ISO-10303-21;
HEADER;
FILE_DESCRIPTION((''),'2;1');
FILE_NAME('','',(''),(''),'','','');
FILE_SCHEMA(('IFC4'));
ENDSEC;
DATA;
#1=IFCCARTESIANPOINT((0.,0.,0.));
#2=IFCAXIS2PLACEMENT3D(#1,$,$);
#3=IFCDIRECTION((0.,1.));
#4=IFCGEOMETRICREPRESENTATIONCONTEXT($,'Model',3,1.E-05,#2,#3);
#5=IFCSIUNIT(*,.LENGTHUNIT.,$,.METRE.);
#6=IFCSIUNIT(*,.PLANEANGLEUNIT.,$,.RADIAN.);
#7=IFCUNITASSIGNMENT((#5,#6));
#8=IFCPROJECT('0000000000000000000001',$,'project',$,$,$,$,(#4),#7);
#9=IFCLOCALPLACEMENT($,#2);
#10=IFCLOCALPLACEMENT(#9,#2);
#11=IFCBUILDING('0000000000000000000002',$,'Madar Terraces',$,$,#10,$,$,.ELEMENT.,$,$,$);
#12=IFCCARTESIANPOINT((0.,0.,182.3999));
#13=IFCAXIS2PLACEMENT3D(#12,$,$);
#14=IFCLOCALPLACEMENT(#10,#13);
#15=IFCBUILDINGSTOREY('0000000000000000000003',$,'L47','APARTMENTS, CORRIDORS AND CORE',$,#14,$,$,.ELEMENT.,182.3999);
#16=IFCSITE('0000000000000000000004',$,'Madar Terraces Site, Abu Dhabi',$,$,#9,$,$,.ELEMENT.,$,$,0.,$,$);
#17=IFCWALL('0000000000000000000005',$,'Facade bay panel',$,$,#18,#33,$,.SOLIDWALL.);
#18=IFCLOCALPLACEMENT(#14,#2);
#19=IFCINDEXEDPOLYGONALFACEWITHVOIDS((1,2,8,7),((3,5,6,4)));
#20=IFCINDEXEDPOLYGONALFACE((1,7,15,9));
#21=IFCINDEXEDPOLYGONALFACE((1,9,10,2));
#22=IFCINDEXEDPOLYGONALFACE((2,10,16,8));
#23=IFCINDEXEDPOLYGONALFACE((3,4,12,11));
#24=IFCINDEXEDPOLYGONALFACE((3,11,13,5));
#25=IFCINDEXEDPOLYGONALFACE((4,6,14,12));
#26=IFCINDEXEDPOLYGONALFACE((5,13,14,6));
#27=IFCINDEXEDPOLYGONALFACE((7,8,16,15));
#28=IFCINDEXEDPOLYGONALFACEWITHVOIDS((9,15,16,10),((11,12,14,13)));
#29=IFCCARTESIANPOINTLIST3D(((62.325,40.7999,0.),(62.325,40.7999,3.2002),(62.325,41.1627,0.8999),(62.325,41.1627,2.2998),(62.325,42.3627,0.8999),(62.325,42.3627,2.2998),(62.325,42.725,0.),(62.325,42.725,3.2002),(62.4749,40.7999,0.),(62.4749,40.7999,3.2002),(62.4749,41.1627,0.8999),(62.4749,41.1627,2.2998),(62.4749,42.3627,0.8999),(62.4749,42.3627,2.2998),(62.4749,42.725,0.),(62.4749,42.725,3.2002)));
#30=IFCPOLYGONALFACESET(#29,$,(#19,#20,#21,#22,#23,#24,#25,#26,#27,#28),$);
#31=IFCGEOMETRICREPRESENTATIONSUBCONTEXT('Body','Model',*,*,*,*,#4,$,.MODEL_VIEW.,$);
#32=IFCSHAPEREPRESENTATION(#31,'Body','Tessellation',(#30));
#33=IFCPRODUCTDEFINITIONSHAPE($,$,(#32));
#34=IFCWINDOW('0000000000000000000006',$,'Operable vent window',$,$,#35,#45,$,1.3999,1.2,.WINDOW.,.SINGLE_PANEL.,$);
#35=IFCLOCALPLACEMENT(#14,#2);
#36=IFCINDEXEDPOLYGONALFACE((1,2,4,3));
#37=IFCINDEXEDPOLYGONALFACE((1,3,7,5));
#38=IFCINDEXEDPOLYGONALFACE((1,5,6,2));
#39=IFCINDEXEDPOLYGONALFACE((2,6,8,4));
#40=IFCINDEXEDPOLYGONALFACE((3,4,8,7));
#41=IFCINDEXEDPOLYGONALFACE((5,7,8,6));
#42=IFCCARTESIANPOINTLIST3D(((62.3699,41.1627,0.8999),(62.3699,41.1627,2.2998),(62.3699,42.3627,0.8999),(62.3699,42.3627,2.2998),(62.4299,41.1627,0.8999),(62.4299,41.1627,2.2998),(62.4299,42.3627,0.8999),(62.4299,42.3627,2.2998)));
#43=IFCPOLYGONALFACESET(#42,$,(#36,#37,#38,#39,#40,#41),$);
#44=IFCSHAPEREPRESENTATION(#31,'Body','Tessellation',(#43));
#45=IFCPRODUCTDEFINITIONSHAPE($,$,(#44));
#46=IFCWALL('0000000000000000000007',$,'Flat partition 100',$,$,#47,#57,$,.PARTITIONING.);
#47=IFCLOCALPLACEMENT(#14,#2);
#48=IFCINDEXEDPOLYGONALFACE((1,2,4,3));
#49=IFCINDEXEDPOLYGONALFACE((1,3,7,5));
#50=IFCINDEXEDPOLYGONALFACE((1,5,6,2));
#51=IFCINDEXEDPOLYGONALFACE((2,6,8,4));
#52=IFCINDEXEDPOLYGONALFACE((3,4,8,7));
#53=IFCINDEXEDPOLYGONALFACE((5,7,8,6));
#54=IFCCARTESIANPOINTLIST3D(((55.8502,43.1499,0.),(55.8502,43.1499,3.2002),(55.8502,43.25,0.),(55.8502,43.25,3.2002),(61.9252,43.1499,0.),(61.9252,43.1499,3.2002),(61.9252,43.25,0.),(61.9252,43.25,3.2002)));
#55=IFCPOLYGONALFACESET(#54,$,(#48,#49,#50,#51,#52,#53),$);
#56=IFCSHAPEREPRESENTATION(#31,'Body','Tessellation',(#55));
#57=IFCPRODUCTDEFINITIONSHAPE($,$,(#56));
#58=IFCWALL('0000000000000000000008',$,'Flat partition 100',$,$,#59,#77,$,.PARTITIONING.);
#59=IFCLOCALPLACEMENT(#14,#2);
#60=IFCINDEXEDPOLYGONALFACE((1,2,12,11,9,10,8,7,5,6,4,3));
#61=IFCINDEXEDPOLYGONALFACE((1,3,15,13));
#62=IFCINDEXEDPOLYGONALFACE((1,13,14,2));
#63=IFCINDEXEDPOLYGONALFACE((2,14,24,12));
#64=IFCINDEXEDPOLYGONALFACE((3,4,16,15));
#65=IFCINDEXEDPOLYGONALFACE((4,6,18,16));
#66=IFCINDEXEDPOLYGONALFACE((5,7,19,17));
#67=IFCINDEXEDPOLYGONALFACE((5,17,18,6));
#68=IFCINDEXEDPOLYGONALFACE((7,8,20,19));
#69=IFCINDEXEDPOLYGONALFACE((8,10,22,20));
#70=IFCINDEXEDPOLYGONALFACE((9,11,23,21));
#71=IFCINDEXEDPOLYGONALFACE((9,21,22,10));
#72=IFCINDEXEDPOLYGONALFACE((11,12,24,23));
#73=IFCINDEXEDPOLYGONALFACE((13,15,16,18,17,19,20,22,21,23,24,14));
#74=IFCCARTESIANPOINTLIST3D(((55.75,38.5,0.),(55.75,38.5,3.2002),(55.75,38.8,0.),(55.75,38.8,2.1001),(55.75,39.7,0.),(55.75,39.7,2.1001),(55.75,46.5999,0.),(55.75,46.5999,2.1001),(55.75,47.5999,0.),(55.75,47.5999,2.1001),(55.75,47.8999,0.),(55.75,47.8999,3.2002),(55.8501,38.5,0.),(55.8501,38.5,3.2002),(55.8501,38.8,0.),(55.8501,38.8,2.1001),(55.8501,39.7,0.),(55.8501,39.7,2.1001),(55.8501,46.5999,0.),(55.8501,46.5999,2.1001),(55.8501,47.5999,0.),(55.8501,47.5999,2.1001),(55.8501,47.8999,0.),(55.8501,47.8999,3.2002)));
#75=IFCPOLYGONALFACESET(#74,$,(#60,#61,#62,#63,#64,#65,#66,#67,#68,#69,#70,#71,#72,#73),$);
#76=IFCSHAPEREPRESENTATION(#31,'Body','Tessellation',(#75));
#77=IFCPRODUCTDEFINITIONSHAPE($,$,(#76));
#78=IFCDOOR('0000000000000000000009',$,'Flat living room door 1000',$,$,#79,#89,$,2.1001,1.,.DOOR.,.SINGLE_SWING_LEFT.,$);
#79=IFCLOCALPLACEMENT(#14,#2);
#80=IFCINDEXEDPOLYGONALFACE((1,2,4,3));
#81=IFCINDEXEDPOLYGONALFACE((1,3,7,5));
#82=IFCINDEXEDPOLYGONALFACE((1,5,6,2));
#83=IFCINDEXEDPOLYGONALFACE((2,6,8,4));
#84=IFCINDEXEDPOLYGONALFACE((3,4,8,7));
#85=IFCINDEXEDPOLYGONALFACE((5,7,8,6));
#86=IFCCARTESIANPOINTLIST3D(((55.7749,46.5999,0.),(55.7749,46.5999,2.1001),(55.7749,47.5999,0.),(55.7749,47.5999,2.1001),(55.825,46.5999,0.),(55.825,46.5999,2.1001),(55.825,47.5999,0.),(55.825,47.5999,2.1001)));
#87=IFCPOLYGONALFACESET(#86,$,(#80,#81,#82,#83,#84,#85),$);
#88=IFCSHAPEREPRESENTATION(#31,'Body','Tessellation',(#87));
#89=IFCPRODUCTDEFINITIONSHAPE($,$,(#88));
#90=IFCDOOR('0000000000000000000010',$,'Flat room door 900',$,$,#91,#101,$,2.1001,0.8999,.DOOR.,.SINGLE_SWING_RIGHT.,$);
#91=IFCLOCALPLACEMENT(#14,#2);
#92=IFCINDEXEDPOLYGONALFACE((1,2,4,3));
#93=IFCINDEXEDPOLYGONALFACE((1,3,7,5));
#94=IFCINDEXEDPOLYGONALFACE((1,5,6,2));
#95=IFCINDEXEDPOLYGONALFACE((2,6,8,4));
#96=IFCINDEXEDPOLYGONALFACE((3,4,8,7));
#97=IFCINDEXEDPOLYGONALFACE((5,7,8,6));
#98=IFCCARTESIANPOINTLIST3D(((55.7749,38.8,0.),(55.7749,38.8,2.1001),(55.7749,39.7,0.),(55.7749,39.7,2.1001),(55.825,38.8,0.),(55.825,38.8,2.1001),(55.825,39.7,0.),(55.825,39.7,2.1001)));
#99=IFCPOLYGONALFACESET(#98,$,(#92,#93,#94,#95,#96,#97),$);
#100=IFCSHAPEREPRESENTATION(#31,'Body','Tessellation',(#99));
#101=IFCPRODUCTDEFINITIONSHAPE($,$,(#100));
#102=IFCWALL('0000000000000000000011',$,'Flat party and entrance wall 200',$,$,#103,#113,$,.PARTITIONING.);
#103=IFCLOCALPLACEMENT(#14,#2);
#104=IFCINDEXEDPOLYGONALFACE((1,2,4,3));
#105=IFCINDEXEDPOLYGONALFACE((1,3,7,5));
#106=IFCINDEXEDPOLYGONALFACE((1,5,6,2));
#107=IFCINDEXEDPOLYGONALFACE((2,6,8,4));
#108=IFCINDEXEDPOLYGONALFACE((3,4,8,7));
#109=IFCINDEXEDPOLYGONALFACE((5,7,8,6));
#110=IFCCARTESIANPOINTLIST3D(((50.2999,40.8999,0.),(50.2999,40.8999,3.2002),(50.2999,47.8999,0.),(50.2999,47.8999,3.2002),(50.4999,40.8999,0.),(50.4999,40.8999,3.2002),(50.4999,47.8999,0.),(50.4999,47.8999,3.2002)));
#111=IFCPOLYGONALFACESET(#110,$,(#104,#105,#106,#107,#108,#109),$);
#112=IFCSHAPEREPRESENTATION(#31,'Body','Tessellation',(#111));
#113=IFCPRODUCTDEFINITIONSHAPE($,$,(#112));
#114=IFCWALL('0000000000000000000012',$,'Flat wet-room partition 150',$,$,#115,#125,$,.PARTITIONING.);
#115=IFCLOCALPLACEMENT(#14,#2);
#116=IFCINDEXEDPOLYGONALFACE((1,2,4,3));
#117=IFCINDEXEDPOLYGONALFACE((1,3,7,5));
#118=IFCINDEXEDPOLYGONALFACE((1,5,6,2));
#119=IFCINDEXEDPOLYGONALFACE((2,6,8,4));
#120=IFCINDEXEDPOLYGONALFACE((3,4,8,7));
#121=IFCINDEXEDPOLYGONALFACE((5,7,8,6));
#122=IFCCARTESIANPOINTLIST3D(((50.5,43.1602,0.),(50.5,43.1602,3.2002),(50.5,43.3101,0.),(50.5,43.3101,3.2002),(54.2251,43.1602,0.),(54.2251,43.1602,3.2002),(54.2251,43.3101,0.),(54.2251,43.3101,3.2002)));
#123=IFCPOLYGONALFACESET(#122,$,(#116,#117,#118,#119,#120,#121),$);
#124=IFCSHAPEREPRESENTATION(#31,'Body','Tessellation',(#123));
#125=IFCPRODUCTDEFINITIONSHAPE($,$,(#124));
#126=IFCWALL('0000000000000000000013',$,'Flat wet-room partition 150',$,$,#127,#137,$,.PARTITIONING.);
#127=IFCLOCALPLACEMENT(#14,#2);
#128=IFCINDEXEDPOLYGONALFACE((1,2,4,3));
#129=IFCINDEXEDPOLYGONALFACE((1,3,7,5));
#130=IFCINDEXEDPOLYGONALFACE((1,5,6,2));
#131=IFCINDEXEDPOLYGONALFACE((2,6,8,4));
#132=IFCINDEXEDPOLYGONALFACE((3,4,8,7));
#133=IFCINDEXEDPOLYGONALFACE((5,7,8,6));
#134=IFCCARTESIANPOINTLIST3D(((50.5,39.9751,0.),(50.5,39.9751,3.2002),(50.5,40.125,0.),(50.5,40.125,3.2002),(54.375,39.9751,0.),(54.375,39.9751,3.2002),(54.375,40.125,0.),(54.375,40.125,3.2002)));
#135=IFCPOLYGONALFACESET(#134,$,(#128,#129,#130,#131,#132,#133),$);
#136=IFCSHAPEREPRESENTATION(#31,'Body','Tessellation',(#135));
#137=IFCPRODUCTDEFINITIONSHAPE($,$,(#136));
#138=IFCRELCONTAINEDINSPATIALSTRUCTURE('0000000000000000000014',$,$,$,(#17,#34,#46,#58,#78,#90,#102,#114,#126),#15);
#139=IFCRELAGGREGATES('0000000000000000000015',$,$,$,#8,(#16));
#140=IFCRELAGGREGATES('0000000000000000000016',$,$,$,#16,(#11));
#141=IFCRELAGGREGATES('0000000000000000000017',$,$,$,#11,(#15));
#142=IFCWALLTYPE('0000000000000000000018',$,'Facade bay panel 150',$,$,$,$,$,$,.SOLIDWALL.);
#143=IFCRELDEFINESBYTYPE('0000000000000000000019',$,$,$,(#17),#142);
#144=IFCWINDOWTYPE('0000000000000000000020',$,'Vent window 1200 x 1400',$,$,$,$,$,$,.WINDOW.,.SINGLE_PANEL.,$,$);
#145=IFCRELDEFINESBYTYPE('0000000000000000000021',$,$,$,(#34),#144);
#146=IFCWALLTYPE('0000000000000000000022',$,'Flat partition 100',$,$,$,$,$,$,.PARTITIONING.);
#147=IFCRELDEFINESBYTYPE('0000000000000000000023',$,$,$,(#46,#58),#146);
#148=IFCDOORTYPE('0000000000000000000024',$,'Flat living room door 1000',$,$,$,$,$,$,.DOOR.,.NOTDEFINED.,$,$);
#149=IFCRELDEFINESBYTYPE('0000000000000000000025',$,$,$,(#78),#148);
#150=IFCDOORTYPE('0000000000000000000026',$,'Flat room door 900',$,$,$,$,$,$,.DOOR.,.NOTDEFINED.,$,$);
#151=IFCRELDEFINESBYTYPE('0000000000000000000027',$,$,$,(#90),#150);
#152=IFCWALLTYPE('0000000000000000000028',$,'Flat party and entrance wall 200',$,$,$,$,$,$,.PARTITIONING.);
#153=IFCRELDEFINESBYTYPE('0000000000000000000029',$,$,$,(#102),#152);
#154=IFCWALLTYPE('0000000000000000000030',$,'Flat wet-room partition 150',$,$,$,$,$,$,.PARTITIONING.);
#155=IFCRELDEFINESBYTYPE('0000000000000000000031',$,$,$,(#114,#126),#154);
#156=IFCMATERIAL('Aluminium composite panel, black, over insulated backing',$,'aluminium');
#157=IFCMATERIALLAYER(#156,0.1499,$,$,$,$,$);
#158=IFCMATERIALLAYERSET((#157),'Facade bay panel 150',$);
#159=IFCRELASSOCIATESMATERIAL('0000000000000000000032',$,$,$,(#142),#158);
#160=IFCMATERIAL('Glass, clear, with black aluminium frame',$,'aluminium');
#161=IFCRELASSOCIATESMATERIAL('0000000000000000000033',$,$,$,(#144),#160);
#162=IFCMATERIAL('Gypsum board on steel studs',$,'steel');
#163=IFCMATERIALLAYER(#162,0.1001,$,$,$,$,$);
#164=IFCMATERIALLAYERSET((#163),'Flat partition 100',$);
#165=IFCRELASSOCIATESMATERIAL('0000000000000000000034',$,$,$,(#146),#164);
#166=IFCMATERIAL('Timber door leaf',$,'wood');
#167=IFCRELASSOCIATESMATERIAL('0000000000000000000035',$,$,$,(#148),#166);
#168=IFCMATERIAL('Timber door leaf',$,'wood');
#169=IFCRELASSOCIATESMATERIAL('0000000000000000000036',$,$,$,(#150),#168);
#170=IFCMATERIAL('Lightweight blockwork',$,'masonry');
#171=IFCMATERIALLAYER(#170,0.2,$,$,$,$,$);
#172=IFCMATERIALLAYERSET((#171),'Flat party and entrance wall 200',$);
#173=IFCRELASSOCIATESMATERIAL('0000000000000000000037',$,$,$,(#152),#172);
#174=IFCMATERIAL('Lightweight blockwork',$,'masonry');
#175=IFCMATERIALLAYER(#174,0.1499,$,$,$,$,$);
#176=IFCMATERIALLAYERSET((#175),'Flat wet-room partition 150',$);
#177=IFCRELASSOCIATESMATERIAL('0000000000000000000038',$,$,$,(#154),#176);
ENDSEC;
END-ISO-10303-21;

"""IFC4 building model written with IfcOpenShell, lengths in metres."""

from ifc_helpers import new_model, si_unit, direction, frame, frame_2d, origin, place, context, subcontext, project, spatial, rectangle, extrude, material, layer, layer_set, type_object, element, fill, save


model = new_model("IFC4")

# Units and contexts
model_context = context("Model", 3, precision=1e-05, world=origin(), true_north=direction((0.0, 1.0)))
body_context = subcontext(model_context, "Body", "Model", "MODEL_VIEW")
ifc_project = project(units=[si_unit("LENGTHUNIT", "METRE"), si_unit("PLANEANGLEUNIT", "RADIAN")], contexts=[model_context])

# Site, building, storey
site_placement = place(None, origin())
site = spatial("IfcSite", under=ifc_project, at=site_placement, Name="Madar Terraces Site, Abu Dhabi", CompositionType="ELEMENT", RefElevation=0.0)
building_placement = place(site_placement, origin())
building = spatial("IfcBuilding", under=site, at=building_placement, Name="Madar Terraces", CompositionType="ELEMENT")
storey_placement = place(building_placement, frame((0.0, 0.0, 182.3999)))
storey = spatial("IfcBuildingStorey", under=building, at=storey_placement, Name="L47", Description="APARTMENTS, CORRIDORS AND CORE", CompositionType="ELEMENT", Elevation=182.3999)

# Wall, opening, window
ifc_material_1 = material(Name="Aluminium composite panel, black, over insulated backing", Category="aluminium")
ifc_layer_1 = layer(ifc_material_1, 0.1499)
ifc_layer_set_1 = layer_set([ifc_layer_1], Name="Facade bay panel 150")
wall_type_1 = type_object("IfcWallType", Name="Facade bay panel 150", PredefinedType="SOLIDWALL", material=ifc_layer_set_1)
wall_1_placement = place(storey_placement, frame((62.3999, 40.8, 0.0), z_axis=(0.0, 0.0, 1.0), x_axis=(0.0, 1.0, 0.0)))
wall_1 = element("IfcWall", 1, at=wall_1_placement, inside=storey, type_object=wall_type_1, Name="Facade bay panel", PredefinedType="SOLIDWALL", context=body_context, shape_type="SweptSolid", body=[
    extrude(rectangle(XDim=1.925, YDim=0.1499, at=frame_2d((0.9624, 0.0))), origin(), (0.0, 0.0, 1.0), 3.2002),
])
opening_1_placement = place(wall_1_placement, frame((0.3625, 0.0, 0.8999)))
opening_1 = element("IfcOpeningElement", 2, at=opening_1_placement, cuts=wall_1, PredefinedType="OPENING", context=body_context, shape_type="SweptSolid", body=[
    extrude(rectangle(XDim=1.2, YDim=1.3999, at=frame_2d((0.6001, 0.7))), frame((0.0, 0.085, 0.0), z_axis=(0.0, -1.0, 0.0), x_axis=(1.0, 0.0, 0.0)), (0.0, 0.0, 1.0), 0.1699),
])
ifc_material_2 = material(Name="Glass, clear, with black aluminium frame", Category="aluminium")
window_type = type_object("IfcWindowType", Name="Vent window 1200 x 1400", PartitioningType="SINGLE_PANEL", PredefinedType="WINDOW", material=ifc_material_2)
window_placement = place(opening_1_placement, origin())
window = element("IfcWindow", 3, at=window_placement, inside=storey, type_object=window_type, Name="Operable vent window", OverallHeight=1.3999, OverallWidth=1.2, PartitioningType="SINGLE_PANEL", PredefinedType="WINDOW", context=body_context, shape_type="SweptSolid", body=[
    extrude(rectangle(XDim=1.2, YDim=1.3999, at=frame_2d((0.6001, 0.7))), frame((0.0, 0.03, 0.0), z_axis=(0.0, -1.0, 0.0), x_axis=(1.0, 0.0, 0.0)), (0.0, 0.0, 1.0), 0.0601),
])
fill(opening_1, window)

# Wall
ifc_material_3 = material(Name="Gypsum board on steel studs", Category="steel")
ifc_layer_2 = layer(ifc_material_3, 0.1001)
ifc_layer_set_2 = layer_set([ifc_layer_2], Name="Flat partition 100")
wall_type_2 = type_object("IfcWallType", Name="Flat partition 100", PredefinedType="PARTITIONING", material=ifc_layer_set_2)
wall_2_placement = place(storey_placement, frame((55.8501, 43.2, 0.0), z_axis=(0.0, 0.0, 1.0), x_axis=(1.0, 0.0, 0.0)))
element("IfcWall", 4, at=wall_2_placement, inside=storey, type_object=wall_type_2, Name="Flat partition 100", PredefinedType="PARTITIONING", context=body_context, shape_type="SweptSolid", body=[
    extrude(rectangle(XDim=6.075, YDim=0.1001, at=frame_2d((3.0376, 0.0))), origin(), (0.0, 0.0, 1.0), 3.2002),
])

# Wall, openings, doors
wall_3_placement = place(storey_placement, frame((55.8, 47.8999, 0.0), z_axis=(0.0, 0.0, 1.0), x_axis=(0.0, -1.0, 0.0)))
wall_3 = element("IfcWall", 5, at=wall_3_placement, inside=storey, type_object=wall_type_2, Name="Flat partition 100", PredefinedType="PARTITIONING", context=body_context, shape_type="SweptSolid", body=[
    extrude(rectangle(XDim=9.3999, YDim=0.1001, at=frame_2d((4.7, 0.0))), origin(), (0.0, 0.0, 1.0), 3.2002),
])
opening_2_placement = place(wall_3_placement, frame((8.2, 0.0, 0.0)))
opening_2 = element("IfcOpeningElement", 6, at=opening_2_placement, cuts=wall_3, PredefinedType="OPENING", context=body_context, shape_type="SweptSolid", body=[
    extrude(rectangle(XDim=0.8999, YDim=2.1001, at=frame_2d((0.45, 1.05))), frame((0.0, 0.0601, 0.0), z_axis=(0.0, -1.0, 0.0), x_axis=(1.0, 0.0, 0.0)), (0.0, 0.0, 1.0), 0.1201),
])
opening_3_placement = place(wall_3_placement, frame((0.3, 0.0, 0.0)))
opening_3 = element("IfcOpeningElement", 7, at=opening_3_placement, cuts=wall_3, PredefinedType="OPENING", context=body_context, shape_type="SweptSolid", body=[
    extrude(rectangle(XDim=1.0, YDim=2.1001, at=frame_2d((0.5, 1.05))), frame((0.0, 0.0601, 0.0), z_axis=(0.0, -1.0, 0.0), x_axis=(1.0, 0.0, 0.0)), (0.0, 0.0, 1.0), 0.1201),
])
ifc_material_4 = material(Name="Timber door leaf", Category="wood")
door_type_1 = type_object("IfcDoorType", Name="Flat living room door 1000", OperationType="NOTDEFINED", PredefinedType="DOOR", material=ifc_material_4)
door_1_placement = place(opening_3_placement, origin())
door_1 = element("IfcDoor", 8, at=door_1_placement, inside=storey, type_object=door_type_1, Name="Flat living room door 1000", OperationType="SINGLE_SWING_LEFT", OverallHeight=2.1001, OverallWidth=1.0, PredefinedType="DOOR", context=body_context, shape_type="SweptSolid", body=[
    extrude(rectangle(XDim=1.0, YDim=2.1001, at=frame_2d((0.5, 1.05))), frame((0.0, 0.0249, 0.0), z_axis=(0.0, -1.0, 0.0), x_axis=(1.0, 0.0, 0.0)), (0.0, 0.0, 1.0), 0.05),
])
fill(opening_3, door_1)
ifc_material_5 = material(Name="Timber door leaf", Category="wood")
door_type_2 = type_object("IfcDoorType", Name="Flat room door 900", OperationType="NOTDEFINED", PredefinedType="DOOR", material=ifc_material_5)
door_2_placement = place(opening_2_placement, origin())
door_2 = element("IfcDoor", 9, at=door_2_placement, inside=storey, type_object=door_type_2, Name="Flat room door 900", OperationType="SINGLE_SWING_RIGHT", OverallHeight=2.1001, OverallWidth=0.8999, PredefinedType="DOOR", context=body_context, shape_type="SweptSolid", body=[
    extrude(rectangle(XDim=0.8999, YDim=2.1001, at=frame_2d((0.45, 1.05))), frame((0.0, 0.0249, 0.0), z_axis=(0.0, -1.0, 0.0), x_axis=(1.0, 0.0, 0.0)), (0.0, 0.0, 1.0), 0.05),
])
fill(opening_2, door_2)

# Walls
ifc_material_6 = material(Name="Lightweight blockwork", Category="masonry")
ifc_layer_3 = layer(ifc_material_6, 0.2)
ifc_layer_set_3 = layer_set([ifc_layer_3], Name="Flat party and entrance wall 200")
wall_type_3 = type_object("IfcWallType", Name="Flat party and entrance wall 200", PredefinedType="PARTITIONING", material=ifc_layer_set_3)
wall_4_placement = place(storey_placement, frame((50.3999, 40.8999, 0.0), z_axis=(0.0, 0.0, 1.0), x_axis=(0.0, 1.0, 0.0)))
element("IfcWall", 10, at=wall_4_placement, inside=storey, type_object=wall_type_3, Name="Flat party and entrance wall 200", PredefinedType="PARTITIONING", context=body_context, shape_type="SweptSolid", body=[
    extrude(rectangle(XDim=7.0, YDim=0.2, at=frame_2d((3.5, 0.0))), origin(), (0.0, 0.0, 1.0), 3.2002),
])
ifc_material_7 = material(Name="Lightweight blockwork", Category="masonry")
ifc_layer_4 = layer(ifc_material_7, 0.1499)
ifc_layer_set_4 = layer_set([ifc_layer_4], Name="Flat wet-room partition 150")
wall_type_4 = type_object("IfcWallType", Name="Flat wet-room partition 150", PredefinedType="PARTITIONING", material=ifc_layer_set_4)
wall_5_placement = place(storey_placement, frame((50.5, 43.2351, 0.0), z_axis=(0.0, 0.0, 1.0), x_axis=(1.0, 0.0, 0.0)))
element("IfcWall", 11, at=wall_5_placement, inside=storey, type_object=wall_type_4, Name="Flat wet-room partition 150", PredefinedType="PARTITIONING", context=body_context, shape_type="SweptSolid", body=[
    extrude(rectangle(XDim=3.7251, YDim=0.1499, at=frame_2d((1.8625, 0.0))), origin(), (0.0, 0.0, 1.0), 3.2002),
])
wall_6_placement = place(storey_placement, frame((50.5, 40.05, 0.0), z_axis=(0.0, 0.0, 1.0), x_axis=(1.0, 0.0, 0.0)))
element("IfcWall", 12, at=wall_6_placement, inside=storey, type_object=wall_type_4, Name="Flat wet-room partition 150", PredefinedType="PARTITIONING", context=body_context, shape_type="SweptSolid", body=[
    extrude(rectangle(XDim=3.875, YDim=0.1499, at=frame_2d((1.9375, 0.0))), origin(), (0.0, 0.0, 1.0), 3.2002),
])

save(model, "model.ifc")
